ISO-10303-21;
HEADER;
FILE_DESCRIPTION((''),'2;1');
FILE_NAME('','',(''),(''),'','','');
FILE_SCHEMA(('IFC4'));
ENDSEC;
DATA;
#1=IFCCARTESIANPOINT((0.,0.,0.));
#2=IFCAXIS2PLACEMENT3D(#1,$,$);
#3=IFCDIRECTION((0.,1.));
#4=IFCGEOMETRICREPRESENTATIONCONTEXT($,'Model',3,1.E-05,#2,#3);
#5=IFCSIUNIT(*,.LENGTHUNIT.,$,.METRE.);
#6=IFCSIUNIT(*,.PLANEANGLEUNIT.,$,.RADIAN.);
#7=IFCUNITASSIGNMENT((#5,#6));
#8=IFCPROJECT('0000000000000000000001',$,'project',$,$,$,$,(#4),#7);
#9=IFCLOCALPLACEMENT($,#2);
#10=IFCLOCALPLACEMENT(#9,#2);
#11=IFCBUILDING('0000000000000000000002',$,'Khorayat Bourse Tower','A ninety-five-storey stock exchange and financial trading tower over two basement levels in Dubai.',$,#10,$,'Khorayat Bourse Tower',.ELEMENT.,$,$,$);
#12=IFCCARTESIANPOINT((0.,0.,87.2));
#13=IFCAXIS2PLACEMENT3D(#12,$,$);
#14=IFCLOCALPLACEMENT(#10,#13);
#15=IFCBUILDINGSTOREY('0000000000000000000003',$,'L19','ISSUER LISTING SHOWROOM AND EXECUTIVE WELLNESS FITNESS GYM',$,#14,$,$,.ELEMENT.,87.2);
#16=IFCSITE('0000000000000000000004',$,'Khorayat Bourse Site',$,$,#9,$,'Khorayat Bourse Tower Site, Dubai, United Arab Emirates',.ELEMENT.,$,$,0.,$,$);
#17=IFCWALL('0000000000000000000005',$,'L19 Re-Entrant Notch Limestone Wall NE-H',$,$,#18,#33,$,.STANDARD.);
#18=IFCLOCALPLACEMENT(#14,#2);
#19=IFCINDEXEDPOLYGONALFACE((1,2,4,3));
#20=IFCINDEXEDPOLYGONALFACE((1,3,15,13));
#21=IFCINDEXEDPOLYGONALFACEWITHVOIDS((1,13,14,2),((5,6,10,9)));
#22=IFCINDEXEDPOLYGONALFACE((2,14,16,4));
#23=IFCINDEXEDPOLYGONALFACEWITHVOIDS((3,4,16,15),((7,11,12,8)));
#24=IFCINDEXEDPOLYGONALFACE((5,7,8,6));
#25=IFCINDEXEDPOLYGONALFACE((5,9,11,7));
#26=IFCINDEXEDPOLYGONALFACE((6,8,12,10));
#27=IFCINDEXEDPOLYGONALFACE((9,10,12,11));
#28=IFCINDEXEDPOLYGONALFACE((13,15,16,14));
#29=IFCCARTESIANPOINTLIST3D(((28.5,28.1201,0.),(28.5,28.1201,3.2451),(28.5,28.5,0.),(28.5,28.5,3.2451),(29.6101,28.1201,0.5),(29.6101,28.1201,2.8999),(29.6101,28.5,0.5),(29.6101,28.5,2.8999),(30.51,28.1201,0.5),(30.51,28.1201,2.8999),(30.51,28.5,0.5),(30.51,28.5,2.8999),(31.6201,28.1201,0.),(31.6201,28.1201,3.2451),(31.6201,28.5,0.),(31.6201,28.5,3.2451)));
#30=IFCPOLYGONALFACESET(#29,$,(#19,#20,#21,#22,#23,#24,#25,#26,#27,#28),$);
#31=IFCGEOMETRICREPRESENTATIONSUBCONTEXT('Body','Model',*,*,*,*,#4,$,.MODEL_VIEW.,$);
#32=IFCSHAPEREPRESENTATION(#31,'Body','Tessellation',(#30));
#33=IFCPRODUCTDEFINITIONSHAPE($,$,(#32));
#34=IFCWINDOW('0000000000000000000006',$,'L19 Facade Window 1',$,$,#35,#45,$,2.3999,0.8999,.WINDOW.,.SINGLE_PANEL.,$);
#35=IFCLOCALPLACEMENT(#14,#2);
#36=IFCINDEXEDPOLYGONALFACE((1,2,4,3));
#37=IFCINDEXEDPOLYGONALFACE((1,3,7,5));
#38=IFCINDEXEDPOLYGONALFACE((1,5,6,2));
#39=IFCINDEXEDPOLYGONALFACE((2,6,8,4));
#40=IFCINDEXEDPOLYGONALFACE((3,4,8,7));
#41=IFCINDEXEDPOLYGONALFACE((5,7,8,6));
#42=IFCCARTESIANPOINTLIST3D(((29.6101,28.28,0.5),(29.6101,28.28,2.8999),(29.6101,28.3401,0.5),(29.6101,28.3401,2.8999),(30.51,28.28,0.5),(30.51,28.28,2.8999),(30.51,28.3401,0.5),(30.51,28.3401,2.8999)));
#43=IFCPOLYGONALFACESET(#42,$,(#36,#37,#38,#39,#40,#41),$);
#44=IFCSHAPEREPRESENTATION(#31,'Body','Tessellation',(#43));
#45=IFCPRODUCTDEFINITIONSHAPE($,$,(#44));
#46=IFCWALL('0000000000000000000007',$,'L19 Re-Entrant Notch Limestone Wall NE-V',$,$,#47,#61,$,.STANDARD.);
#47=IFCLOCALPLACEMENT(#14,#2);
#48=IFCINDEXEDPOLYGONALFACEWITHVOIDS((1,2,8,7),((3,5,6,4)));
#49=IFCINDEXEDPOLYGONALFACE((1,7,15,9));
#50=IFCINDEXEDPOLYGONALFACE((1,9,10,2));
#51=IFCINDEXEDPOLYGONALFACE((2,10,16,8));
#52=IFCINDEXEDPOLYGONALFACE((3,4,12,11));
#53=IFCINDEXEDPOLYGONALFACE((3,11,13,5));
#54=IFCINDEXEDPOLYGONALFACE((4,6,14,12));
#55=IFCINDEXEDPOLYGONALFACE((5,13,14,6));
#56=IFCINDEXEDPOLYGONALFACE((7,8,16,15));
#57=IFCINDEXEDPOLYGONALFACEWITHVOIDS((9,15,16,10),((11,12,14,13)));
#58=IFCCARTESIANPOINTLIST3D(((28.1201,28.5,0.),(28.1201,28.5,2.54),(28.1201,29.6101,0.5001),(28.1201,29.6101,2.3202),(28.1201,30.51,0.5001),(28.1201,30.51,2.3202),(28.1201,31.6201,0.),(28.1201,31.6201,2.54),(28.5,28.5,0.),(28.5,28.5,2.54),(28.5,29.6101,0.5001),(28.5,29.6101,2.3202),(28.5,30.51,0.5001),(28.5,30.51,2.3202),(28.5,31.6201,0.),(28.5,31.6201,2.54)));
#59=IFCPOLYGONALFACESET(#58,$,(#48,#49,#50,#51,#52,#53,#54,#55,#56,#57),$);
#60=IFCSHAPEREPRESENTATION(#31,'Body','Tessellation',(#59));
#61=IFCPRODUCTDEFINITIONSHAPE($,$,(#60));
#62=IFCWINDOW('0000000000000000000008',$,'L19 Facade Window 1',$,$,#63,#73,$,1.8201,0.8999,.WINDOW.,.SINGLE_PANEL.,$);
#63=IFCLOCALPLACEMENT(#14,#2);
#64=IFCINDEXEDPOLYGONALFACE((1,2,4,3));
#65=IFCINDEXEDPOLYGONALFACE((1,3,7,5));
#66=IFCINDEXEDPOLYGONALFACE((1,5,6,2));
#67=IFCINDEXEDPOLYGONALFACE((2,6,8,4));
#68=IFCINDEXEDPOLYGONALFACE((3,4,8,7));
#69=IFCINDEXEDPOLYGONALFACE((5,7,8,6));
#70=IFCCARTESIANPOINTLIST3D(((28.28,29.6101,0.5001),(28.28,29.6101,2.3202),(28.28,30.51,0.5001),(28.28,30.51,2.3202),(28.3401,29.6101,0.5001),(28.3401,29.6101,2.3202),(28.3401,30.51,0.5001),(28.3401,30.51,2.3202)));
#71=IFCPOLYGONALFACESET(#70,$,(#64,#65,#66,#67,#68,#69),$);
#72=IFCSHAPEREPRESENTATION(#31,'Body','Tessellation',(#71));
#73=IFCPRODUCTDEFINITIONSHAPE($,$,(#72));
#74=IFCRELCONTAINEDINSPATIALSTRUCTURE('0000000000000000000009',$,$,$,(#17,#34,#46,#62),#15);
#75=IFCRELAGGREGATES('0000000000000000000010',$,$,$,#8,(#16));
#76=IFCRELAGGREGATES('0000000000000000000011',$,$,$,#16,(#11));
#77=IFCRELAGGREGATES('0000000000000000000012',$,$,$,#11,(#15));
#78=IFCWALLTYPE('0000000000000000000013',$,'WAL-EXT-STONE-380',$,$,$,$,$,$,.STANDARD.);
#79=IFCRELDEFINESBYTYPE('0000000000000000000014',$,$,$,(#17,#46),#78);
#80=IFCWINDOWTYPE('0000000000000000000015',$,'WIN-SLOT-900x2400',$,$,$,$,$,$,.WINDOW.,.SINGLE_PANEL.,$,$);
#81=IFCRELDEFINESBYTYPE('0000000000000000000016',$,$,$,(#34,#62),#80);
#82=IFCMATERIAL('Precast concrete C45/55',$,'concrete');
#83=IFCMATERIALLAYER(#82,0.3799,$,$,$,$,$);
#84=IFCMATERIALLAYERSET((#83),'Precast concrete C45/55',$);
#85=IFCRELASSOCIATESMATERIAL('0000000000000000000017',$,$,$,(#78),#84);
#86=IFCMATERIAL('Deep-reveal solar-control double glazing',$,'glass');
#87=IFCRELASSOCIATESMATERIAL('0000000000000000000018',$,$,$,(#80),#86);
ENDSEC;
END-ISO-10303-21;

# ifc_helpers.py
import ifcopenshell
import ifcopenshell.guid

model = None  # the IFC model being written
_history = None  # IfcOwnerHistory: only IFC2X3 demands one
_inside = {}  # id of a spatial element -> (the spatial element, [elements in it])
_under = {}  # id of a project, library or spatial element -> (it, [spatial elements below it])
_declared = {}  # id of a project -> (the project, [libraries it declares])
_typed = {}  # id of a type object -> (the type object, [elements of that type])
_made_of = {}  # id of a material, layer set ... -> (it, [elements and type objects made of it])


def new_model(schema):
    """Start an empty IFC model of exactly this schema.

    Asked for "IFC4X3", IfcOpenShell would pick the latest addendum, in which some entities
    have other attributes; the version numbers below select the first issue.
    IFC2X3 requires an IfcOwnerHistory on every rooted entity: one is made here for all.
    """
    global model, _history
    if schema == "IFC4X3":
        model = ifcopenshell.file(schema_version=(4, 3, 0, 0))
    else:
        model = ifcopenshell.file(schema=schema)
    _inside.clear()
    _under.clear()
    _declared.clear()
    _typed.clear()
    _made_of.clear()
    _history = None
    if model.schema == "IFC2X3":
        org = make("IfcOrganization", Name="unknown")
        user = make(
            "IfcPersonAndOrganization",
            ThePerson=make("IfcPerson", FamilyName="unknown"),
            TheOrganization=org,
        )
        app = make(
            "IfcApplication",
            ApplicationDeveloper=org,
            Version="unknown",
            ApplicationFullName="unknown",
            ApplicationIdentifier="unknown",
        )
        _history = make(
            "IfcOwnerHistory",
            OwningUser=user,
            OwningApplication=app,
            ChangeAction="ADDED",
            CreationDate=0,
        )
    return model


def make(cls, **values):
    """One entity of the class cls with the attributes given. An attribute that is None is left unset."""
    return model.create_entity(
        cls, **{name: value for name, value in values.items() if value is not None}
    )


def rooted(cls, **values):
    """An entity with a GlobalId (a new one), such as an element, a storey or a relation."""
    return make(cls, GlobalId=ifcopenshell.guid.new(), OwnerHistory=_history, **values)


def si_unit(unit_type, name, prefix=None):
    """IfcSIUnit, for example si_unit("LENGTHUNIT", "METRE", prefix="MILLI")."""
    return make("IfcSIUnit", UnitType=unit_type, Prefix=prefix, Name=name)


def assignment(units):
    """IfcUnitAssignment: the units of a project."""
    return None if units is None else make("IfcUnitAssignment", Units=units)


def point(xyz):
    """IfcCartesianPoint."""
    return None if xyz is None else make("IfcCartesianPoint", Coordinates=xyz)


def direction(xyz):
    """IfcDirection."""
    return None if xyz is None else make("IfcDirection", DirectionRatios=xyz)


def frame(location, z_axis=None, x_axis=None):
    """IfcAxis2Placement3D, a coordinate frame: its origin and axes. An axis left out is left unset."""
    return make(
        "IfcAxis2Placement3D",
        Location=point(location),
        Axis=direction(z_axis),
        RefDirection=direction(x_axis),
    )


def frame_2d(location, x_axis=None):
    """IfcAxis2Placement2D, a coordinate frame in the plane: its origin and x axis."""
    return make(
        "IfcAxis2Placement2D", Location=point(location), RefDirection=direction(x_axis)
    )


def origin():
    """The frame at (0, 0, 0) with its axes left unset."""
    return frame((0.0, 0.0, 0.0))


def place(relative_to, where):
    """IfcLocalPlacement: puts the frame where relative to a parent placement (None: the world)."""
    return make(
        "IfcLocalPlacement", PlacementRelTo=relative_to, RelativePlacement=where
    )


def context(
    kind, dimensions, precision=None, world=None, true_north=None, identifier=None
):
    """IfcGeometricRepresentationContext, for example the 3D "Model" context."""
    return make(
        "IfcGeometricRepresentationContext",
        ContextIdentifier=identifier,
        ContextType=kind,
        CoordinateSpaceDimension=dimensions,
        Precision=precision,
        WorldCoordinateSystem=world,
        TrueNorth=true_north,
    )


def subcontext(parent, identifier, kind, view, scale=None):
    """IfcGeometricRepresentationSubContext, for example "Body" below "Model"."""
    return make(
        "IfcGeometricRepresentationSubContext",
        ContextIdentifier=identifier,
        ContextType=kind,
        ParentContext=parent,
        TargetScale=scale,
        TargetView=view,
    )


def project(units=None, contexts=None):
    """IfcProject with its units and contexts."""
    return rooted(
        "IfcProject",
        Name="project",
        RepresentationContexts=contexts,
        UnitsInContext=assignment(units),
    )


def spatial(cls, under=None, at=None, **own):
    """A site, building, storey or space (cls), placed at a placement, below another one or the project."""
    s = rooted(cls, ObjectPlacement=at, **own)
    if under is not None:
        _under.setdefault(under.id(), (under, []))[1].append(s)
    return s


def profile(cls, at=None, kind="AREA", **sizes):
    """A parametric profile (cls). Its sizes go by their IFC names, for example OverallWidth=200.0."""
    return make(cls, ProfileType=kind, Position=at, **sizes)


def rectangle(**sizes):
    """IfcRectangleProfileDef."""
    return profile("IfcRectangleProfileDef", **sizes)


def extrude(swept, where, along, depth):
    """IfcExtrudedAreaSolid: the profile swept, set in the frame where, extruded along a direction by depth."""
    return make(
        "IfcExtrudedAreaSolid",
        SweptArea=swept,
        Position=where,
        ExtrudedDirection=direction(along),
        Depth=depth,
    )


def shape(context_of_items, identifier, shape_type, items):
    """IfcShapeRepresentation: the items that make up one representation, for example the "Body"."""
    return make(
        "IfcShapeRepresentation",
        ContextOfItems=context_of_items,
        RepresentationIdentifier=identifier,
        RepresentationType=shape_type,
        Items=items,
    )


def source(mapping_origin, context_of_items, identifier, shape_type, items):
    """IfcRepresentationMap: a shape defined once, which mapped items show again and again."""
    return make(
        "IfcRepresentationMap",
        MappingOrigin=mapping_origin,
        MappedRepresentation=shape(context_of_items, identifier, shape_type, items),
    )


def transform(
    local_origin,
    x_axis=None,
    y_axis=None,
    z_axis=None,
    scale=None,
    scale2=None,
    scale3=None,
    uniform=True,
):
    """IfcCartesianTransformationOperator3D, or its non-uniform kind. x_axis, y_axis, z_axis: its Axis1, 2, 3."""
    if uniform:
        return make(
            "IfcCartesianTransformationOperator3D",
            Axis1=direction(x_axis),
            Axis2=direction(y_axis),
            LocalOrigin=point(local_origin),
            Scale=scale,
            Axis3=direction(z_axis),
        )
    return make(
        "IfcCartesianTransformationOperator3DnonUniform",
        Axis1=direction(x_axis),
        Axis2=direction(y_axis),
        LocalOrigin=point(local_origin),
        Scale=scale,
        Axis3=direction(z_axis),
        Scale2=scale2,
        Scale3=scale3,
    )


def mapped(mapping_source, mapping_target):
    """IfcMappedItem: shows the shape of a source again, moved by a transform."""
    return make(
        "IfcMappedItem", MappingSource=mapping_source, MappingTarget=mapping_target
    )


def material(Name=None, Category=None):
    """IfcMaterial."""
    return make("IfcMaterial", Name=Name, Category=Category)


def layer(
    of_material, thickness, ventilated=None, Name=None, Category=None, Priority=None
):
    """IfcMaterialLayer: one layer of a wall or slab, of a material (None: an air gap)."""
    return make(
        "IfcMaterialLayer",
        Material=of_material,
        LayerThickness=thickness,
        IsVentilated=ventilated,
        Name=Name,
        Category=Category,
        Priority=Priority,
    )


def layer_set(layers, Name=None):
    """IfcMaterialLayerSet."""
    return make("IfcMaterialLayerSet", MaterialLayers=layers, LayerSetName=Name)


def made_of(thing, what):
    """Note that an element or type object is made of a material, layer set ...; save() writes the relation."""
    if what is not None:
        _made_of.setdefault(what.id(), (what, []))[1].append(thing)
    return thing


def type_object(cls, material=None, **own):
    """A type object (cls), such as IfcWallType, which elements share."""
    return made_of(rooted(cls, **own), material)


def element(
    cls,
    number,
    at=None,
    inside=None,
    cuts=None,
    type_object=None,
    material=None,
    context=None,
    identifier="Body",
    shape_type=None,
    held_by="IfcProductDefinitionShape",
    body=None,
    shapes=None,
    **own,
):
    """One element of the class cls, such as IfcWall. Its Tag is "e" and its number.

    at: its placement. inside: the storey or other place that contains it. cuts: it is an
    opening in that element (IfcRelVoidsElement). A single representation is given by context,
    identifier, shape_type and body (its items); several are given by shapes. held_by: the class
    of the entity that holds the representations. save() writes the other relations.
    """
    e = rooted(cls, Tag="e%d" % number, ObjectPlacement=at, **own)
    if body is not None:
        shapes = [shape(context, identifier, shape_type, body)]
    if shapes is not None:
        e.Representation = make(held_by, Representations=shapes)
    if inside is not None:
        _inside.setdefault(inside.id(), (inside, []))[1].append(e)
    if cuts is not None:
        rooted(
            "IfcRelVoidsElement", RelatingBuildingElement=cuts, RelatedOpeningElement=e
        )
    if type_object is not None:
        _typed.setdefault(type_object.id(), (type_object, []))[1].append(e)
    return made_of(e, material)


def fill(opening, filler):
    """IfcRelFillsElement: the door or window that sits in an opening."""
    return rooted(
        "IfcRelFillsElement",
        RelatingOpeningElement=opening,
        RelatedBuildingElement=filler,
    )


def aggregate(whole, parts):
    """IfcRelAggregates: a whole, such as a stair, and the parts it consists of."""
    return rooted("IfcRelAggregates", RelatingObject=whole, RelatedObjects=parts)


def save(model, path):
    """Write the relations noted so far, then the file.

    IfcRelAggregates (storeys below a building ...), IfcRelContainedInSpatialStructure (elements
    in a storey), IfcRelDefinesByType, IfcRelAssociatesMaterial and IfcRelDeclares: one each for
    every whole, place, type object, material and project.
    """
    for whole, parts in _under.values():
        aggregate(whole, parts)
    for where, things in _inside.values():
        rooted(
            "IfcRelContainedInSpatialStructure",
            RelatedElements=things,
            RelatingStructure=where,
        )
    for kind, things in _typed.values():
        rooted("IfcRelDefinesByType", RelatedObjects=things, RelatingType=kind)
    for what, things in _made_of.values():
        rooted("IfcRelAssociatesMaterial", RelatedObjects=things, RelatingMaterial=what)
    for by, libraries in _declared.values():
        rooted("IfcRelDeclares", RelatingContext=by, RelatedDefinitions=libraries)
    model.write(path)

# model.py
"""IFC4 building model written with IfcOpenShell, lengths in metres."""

from ifc_helpers import new_model, si_unit, direction, frame, frame_2d, origin, place, context, subcontext, project, spatial, rectangle, extrude, source, transform, mapped, material, layer, layer_set, type_object, element, fill, save


model = new_model("IFC4")

# Units and contexts
model_context = context("Model", 3, precision=1e-05, world=origin(), true_north=direction((0.0, 1.0)))
body_context = subcontext(model_context, "Body", "Model", "MODEL_VIEW")
ifc_project = project(units=[si_unit("LENGTHUNIT", "METRE"), si_unit("PLANEANGLEUNIT", "RADIAN")], contexts=[model_context])

# Site, building, storey
site_placement = place(None, origin())
site = spatial("IfcSite", under=ifc_project, at=site_placement, Name="Khorayat Bourse Site", LongName="Khorayat Bourse Tower Site, Dubai, United Arab Emirates", CompositionType="ELEMENT", RefElevation=0.0)
building_placement = place(site_placement, origin())
building = spatial("IfcBuilding", under=site, at=building_placement, Name="Khorayat Bourse Tower", Description="A ninety-five-storey stock exchange and financial trading tower over two basement levels in Dubai.", LongName="Khorayat Bourse Tower", CompositionType="ELEMENT")
storey_placement = place(building_placement, frame((0.0, 0.0, 87.2)))
storey = spatial("IfcBuildingStorey", under=building, at=storey_placement, Name="L19", Description="ISSUER LISTING SHOWROOM AND EXECUTIVE WELLNESS FITNESS GYM", CompositionType="ELEMENT", Elevation=87.2)

# Walls, openings, windows
ifc_material_1 = material(Name="Precast concrete C45/55", Category="concrete")
ifc_layer_1 = layer(ifc_material_1, 0.3799)
ifc_layer_set_1 = layer_set([ifc_layer_1], Name="Precast concrete C45/55")
wall_type = type_object("IfcWallType", Name="WAL-EXT-STONE-380", PredefinedType="STANDARD", material=ifc_layer_set_1)
shared_shape_1 = source(origin(), body_context, "Body", "SweptSolid", [
    extrude(rectangle(XDim=3.1201, YDim=0.3799, at=frame_2d((1.5601, 0.0))), origin(), (0.0, 0.0, 1.0), 3.2451),
])
wall_1_placement = place(storey_placement, frame((28.5, 28.3101, 0.0), z_axis=(0.0, 0.0, 1.0), x_axis=(1.0, 0.0, 0.0)))
wall_1 = element("IfcWall", 1, at=wall_1_placement, inside=storey, type_object=wall_type, Name="L19 Re-Entrant Notch Limestone Wall NE-H", PredefinedType="STANDARD", context=body_context, shape_type="MappedRepresentation", body=[
    mapped(shared_shape_1, transform((0.0, 0.0, 0.0), scale=1.0)),
])
shared_shape_2 = source(origin(), body_context, "Body", "SweptSolid", [
    extrude(rectangle(XDim=0.8999, YDim=2.3999, at=frame_2d((0.45, 1.2))), frame((0.0, 0.2, 0.0), z_axis=(0.0, -1.0, 0.0), x_axis=(1.0, 0.0, 0.0)), (0.0, 0.0, 1.0), 0.3999),
])
opening_1_placement = place(wall_1_placement, frame((1.1101, 0.0, 0.5)))
opening_1 = element("IfcOpeningElement", 2, at=opening_1_placement, cuts=wall_1, PredefinedType="OPENING", context=body_context, shape_type="MappedRepresentation", body=[
    mapped(shared_shape_2, transform((0.0, 0.0, 0.0), scale=1.0)),
])
ifc_material_2 = material(Name="Deep-reveal solar-control double glazing", Category="glass")
window_type = type_object("IfcWindowType", Name="WIN-SLOT-900x2400", PartitioningType="SINGLE_PANEL", PredefinedType="WINDOW", material=ifc_material_2)
shared_shape_3 = source(origin(), body_context, "Body", "SweptSolid", [
    extrude(rectangle(XDim=0.8999, YDim=2.3999, at=frame_2d((0.45, 1.2))), frame((0.0, 0.03, 0.0), z_axis=(0.0, -1.0, 0.0), x_axis=(1.0, 0.0, 0.0)), (0.0, 0.0, 1.0), 0.0601),
])
window_1_placement = place(opening_1_placement, origin())
window_1 = element("IfcWindow", 3, at=window_1_placement, inside=storey, type_object=window_type, Name="L19 Facade Window 1", OverallHeight=2.3999, OverallWidth=0.8999, PartitioningType="SINGLE_PANEL", PredefinedType="WINDOW", context=body_context, shape_type="MappedRepresentation", body=[
    mapped(shared_shape_3, transform((0.0, 0.0, 0.0), scale=1.0)),
])
fill(opening_1, window_1)
shared_shape_4 = source(origin(), body_context, "Body", "SweptSolid", [
    extrude(rectangle(XDim=3.1201, YDim=0.3799, at=frame_2d((1.5601, 0.0))), origin(), (0.0, 0.0, 1.0), 2.54),
])
wall_2_placement = place(storey_placement, frame((28.3101, 28.5, 0.0), z_axis=(0.0, 0.0, 1.0), x_axis=(0.0, 1.0, 0.0)))
wall_2 = element("IfcWall", 4, at=wall_2_placement, inside=storey, type_object=wall_type, Name="L19 Re-Entrant Notch Limestone Wall NE-V", PredefinedType="STANDARD", context=body_context, shape_type="MappedRepresentation", body=[
    mapped(shared_shape_4, transform((0.0, 0.0, 0.0), scale=1.0)),
])
shared_shape_5 = source(origin(), body_context, "Body", "SweptSolid", [
    extrude(rectangle(XDim=0.8999, YDim=1.8201, at=frame_2d((0.45, 0.9102))), frame((0.0, 0.2, 0.0), z_axis=(0.0, -1.0, 0.0), x_axis=(1.0, 0.0, 0.0)), (0.0, 0.0, 1.0), 0.3999),
])
opening_2_placement = place(wall_2_placement, frame((1.1101, 0.0, 0.5)))
opening_2 = element("IfcOpeningElement", 5, at=opening_2_placement, cuts=wall_2, PredefinedType="OPENING", context=body_context, shape_type="MappedRepresentation", body=[
    mapped(shared_shape_5, transform((0.0, 0.0, 0.0), scale=1.0)),
])
shared_shape_6 = source(origin(), body_context, "Body", "SweptSolid", [
    extrude(rectangle(XDim=0.8999, YDim=1.8201, at=frame_2d((0.45, 0.9102))), frame((0.0, 0.03, 0.0), z_axis=(0.0, -1.0, 0.0), x_axis=(1.0, 0.0, 0.0)), (0.0, 0.0, 1.0), 0.0601),
])
window_2_placement = place(opening_2_placement, origin())
window_2 = element("IfcWindow", 6, at=window_2_placement, inside=storey, type_object=window_type, Name="L19 Facade Window 1", OverallHeight=1.8201, OverallWidth=0.8999, PartitioningType="SINGLE_PANEL", PredefinedType="WINDOW", context=body_context, shape_type="MappedRepresentation", body=[
    mapped(shared_shape_6, transform((0.0, 0.0, 0.0), scale=1.0)),
])
fill(opening_2, window_2)

save(model, "model.ifc")
